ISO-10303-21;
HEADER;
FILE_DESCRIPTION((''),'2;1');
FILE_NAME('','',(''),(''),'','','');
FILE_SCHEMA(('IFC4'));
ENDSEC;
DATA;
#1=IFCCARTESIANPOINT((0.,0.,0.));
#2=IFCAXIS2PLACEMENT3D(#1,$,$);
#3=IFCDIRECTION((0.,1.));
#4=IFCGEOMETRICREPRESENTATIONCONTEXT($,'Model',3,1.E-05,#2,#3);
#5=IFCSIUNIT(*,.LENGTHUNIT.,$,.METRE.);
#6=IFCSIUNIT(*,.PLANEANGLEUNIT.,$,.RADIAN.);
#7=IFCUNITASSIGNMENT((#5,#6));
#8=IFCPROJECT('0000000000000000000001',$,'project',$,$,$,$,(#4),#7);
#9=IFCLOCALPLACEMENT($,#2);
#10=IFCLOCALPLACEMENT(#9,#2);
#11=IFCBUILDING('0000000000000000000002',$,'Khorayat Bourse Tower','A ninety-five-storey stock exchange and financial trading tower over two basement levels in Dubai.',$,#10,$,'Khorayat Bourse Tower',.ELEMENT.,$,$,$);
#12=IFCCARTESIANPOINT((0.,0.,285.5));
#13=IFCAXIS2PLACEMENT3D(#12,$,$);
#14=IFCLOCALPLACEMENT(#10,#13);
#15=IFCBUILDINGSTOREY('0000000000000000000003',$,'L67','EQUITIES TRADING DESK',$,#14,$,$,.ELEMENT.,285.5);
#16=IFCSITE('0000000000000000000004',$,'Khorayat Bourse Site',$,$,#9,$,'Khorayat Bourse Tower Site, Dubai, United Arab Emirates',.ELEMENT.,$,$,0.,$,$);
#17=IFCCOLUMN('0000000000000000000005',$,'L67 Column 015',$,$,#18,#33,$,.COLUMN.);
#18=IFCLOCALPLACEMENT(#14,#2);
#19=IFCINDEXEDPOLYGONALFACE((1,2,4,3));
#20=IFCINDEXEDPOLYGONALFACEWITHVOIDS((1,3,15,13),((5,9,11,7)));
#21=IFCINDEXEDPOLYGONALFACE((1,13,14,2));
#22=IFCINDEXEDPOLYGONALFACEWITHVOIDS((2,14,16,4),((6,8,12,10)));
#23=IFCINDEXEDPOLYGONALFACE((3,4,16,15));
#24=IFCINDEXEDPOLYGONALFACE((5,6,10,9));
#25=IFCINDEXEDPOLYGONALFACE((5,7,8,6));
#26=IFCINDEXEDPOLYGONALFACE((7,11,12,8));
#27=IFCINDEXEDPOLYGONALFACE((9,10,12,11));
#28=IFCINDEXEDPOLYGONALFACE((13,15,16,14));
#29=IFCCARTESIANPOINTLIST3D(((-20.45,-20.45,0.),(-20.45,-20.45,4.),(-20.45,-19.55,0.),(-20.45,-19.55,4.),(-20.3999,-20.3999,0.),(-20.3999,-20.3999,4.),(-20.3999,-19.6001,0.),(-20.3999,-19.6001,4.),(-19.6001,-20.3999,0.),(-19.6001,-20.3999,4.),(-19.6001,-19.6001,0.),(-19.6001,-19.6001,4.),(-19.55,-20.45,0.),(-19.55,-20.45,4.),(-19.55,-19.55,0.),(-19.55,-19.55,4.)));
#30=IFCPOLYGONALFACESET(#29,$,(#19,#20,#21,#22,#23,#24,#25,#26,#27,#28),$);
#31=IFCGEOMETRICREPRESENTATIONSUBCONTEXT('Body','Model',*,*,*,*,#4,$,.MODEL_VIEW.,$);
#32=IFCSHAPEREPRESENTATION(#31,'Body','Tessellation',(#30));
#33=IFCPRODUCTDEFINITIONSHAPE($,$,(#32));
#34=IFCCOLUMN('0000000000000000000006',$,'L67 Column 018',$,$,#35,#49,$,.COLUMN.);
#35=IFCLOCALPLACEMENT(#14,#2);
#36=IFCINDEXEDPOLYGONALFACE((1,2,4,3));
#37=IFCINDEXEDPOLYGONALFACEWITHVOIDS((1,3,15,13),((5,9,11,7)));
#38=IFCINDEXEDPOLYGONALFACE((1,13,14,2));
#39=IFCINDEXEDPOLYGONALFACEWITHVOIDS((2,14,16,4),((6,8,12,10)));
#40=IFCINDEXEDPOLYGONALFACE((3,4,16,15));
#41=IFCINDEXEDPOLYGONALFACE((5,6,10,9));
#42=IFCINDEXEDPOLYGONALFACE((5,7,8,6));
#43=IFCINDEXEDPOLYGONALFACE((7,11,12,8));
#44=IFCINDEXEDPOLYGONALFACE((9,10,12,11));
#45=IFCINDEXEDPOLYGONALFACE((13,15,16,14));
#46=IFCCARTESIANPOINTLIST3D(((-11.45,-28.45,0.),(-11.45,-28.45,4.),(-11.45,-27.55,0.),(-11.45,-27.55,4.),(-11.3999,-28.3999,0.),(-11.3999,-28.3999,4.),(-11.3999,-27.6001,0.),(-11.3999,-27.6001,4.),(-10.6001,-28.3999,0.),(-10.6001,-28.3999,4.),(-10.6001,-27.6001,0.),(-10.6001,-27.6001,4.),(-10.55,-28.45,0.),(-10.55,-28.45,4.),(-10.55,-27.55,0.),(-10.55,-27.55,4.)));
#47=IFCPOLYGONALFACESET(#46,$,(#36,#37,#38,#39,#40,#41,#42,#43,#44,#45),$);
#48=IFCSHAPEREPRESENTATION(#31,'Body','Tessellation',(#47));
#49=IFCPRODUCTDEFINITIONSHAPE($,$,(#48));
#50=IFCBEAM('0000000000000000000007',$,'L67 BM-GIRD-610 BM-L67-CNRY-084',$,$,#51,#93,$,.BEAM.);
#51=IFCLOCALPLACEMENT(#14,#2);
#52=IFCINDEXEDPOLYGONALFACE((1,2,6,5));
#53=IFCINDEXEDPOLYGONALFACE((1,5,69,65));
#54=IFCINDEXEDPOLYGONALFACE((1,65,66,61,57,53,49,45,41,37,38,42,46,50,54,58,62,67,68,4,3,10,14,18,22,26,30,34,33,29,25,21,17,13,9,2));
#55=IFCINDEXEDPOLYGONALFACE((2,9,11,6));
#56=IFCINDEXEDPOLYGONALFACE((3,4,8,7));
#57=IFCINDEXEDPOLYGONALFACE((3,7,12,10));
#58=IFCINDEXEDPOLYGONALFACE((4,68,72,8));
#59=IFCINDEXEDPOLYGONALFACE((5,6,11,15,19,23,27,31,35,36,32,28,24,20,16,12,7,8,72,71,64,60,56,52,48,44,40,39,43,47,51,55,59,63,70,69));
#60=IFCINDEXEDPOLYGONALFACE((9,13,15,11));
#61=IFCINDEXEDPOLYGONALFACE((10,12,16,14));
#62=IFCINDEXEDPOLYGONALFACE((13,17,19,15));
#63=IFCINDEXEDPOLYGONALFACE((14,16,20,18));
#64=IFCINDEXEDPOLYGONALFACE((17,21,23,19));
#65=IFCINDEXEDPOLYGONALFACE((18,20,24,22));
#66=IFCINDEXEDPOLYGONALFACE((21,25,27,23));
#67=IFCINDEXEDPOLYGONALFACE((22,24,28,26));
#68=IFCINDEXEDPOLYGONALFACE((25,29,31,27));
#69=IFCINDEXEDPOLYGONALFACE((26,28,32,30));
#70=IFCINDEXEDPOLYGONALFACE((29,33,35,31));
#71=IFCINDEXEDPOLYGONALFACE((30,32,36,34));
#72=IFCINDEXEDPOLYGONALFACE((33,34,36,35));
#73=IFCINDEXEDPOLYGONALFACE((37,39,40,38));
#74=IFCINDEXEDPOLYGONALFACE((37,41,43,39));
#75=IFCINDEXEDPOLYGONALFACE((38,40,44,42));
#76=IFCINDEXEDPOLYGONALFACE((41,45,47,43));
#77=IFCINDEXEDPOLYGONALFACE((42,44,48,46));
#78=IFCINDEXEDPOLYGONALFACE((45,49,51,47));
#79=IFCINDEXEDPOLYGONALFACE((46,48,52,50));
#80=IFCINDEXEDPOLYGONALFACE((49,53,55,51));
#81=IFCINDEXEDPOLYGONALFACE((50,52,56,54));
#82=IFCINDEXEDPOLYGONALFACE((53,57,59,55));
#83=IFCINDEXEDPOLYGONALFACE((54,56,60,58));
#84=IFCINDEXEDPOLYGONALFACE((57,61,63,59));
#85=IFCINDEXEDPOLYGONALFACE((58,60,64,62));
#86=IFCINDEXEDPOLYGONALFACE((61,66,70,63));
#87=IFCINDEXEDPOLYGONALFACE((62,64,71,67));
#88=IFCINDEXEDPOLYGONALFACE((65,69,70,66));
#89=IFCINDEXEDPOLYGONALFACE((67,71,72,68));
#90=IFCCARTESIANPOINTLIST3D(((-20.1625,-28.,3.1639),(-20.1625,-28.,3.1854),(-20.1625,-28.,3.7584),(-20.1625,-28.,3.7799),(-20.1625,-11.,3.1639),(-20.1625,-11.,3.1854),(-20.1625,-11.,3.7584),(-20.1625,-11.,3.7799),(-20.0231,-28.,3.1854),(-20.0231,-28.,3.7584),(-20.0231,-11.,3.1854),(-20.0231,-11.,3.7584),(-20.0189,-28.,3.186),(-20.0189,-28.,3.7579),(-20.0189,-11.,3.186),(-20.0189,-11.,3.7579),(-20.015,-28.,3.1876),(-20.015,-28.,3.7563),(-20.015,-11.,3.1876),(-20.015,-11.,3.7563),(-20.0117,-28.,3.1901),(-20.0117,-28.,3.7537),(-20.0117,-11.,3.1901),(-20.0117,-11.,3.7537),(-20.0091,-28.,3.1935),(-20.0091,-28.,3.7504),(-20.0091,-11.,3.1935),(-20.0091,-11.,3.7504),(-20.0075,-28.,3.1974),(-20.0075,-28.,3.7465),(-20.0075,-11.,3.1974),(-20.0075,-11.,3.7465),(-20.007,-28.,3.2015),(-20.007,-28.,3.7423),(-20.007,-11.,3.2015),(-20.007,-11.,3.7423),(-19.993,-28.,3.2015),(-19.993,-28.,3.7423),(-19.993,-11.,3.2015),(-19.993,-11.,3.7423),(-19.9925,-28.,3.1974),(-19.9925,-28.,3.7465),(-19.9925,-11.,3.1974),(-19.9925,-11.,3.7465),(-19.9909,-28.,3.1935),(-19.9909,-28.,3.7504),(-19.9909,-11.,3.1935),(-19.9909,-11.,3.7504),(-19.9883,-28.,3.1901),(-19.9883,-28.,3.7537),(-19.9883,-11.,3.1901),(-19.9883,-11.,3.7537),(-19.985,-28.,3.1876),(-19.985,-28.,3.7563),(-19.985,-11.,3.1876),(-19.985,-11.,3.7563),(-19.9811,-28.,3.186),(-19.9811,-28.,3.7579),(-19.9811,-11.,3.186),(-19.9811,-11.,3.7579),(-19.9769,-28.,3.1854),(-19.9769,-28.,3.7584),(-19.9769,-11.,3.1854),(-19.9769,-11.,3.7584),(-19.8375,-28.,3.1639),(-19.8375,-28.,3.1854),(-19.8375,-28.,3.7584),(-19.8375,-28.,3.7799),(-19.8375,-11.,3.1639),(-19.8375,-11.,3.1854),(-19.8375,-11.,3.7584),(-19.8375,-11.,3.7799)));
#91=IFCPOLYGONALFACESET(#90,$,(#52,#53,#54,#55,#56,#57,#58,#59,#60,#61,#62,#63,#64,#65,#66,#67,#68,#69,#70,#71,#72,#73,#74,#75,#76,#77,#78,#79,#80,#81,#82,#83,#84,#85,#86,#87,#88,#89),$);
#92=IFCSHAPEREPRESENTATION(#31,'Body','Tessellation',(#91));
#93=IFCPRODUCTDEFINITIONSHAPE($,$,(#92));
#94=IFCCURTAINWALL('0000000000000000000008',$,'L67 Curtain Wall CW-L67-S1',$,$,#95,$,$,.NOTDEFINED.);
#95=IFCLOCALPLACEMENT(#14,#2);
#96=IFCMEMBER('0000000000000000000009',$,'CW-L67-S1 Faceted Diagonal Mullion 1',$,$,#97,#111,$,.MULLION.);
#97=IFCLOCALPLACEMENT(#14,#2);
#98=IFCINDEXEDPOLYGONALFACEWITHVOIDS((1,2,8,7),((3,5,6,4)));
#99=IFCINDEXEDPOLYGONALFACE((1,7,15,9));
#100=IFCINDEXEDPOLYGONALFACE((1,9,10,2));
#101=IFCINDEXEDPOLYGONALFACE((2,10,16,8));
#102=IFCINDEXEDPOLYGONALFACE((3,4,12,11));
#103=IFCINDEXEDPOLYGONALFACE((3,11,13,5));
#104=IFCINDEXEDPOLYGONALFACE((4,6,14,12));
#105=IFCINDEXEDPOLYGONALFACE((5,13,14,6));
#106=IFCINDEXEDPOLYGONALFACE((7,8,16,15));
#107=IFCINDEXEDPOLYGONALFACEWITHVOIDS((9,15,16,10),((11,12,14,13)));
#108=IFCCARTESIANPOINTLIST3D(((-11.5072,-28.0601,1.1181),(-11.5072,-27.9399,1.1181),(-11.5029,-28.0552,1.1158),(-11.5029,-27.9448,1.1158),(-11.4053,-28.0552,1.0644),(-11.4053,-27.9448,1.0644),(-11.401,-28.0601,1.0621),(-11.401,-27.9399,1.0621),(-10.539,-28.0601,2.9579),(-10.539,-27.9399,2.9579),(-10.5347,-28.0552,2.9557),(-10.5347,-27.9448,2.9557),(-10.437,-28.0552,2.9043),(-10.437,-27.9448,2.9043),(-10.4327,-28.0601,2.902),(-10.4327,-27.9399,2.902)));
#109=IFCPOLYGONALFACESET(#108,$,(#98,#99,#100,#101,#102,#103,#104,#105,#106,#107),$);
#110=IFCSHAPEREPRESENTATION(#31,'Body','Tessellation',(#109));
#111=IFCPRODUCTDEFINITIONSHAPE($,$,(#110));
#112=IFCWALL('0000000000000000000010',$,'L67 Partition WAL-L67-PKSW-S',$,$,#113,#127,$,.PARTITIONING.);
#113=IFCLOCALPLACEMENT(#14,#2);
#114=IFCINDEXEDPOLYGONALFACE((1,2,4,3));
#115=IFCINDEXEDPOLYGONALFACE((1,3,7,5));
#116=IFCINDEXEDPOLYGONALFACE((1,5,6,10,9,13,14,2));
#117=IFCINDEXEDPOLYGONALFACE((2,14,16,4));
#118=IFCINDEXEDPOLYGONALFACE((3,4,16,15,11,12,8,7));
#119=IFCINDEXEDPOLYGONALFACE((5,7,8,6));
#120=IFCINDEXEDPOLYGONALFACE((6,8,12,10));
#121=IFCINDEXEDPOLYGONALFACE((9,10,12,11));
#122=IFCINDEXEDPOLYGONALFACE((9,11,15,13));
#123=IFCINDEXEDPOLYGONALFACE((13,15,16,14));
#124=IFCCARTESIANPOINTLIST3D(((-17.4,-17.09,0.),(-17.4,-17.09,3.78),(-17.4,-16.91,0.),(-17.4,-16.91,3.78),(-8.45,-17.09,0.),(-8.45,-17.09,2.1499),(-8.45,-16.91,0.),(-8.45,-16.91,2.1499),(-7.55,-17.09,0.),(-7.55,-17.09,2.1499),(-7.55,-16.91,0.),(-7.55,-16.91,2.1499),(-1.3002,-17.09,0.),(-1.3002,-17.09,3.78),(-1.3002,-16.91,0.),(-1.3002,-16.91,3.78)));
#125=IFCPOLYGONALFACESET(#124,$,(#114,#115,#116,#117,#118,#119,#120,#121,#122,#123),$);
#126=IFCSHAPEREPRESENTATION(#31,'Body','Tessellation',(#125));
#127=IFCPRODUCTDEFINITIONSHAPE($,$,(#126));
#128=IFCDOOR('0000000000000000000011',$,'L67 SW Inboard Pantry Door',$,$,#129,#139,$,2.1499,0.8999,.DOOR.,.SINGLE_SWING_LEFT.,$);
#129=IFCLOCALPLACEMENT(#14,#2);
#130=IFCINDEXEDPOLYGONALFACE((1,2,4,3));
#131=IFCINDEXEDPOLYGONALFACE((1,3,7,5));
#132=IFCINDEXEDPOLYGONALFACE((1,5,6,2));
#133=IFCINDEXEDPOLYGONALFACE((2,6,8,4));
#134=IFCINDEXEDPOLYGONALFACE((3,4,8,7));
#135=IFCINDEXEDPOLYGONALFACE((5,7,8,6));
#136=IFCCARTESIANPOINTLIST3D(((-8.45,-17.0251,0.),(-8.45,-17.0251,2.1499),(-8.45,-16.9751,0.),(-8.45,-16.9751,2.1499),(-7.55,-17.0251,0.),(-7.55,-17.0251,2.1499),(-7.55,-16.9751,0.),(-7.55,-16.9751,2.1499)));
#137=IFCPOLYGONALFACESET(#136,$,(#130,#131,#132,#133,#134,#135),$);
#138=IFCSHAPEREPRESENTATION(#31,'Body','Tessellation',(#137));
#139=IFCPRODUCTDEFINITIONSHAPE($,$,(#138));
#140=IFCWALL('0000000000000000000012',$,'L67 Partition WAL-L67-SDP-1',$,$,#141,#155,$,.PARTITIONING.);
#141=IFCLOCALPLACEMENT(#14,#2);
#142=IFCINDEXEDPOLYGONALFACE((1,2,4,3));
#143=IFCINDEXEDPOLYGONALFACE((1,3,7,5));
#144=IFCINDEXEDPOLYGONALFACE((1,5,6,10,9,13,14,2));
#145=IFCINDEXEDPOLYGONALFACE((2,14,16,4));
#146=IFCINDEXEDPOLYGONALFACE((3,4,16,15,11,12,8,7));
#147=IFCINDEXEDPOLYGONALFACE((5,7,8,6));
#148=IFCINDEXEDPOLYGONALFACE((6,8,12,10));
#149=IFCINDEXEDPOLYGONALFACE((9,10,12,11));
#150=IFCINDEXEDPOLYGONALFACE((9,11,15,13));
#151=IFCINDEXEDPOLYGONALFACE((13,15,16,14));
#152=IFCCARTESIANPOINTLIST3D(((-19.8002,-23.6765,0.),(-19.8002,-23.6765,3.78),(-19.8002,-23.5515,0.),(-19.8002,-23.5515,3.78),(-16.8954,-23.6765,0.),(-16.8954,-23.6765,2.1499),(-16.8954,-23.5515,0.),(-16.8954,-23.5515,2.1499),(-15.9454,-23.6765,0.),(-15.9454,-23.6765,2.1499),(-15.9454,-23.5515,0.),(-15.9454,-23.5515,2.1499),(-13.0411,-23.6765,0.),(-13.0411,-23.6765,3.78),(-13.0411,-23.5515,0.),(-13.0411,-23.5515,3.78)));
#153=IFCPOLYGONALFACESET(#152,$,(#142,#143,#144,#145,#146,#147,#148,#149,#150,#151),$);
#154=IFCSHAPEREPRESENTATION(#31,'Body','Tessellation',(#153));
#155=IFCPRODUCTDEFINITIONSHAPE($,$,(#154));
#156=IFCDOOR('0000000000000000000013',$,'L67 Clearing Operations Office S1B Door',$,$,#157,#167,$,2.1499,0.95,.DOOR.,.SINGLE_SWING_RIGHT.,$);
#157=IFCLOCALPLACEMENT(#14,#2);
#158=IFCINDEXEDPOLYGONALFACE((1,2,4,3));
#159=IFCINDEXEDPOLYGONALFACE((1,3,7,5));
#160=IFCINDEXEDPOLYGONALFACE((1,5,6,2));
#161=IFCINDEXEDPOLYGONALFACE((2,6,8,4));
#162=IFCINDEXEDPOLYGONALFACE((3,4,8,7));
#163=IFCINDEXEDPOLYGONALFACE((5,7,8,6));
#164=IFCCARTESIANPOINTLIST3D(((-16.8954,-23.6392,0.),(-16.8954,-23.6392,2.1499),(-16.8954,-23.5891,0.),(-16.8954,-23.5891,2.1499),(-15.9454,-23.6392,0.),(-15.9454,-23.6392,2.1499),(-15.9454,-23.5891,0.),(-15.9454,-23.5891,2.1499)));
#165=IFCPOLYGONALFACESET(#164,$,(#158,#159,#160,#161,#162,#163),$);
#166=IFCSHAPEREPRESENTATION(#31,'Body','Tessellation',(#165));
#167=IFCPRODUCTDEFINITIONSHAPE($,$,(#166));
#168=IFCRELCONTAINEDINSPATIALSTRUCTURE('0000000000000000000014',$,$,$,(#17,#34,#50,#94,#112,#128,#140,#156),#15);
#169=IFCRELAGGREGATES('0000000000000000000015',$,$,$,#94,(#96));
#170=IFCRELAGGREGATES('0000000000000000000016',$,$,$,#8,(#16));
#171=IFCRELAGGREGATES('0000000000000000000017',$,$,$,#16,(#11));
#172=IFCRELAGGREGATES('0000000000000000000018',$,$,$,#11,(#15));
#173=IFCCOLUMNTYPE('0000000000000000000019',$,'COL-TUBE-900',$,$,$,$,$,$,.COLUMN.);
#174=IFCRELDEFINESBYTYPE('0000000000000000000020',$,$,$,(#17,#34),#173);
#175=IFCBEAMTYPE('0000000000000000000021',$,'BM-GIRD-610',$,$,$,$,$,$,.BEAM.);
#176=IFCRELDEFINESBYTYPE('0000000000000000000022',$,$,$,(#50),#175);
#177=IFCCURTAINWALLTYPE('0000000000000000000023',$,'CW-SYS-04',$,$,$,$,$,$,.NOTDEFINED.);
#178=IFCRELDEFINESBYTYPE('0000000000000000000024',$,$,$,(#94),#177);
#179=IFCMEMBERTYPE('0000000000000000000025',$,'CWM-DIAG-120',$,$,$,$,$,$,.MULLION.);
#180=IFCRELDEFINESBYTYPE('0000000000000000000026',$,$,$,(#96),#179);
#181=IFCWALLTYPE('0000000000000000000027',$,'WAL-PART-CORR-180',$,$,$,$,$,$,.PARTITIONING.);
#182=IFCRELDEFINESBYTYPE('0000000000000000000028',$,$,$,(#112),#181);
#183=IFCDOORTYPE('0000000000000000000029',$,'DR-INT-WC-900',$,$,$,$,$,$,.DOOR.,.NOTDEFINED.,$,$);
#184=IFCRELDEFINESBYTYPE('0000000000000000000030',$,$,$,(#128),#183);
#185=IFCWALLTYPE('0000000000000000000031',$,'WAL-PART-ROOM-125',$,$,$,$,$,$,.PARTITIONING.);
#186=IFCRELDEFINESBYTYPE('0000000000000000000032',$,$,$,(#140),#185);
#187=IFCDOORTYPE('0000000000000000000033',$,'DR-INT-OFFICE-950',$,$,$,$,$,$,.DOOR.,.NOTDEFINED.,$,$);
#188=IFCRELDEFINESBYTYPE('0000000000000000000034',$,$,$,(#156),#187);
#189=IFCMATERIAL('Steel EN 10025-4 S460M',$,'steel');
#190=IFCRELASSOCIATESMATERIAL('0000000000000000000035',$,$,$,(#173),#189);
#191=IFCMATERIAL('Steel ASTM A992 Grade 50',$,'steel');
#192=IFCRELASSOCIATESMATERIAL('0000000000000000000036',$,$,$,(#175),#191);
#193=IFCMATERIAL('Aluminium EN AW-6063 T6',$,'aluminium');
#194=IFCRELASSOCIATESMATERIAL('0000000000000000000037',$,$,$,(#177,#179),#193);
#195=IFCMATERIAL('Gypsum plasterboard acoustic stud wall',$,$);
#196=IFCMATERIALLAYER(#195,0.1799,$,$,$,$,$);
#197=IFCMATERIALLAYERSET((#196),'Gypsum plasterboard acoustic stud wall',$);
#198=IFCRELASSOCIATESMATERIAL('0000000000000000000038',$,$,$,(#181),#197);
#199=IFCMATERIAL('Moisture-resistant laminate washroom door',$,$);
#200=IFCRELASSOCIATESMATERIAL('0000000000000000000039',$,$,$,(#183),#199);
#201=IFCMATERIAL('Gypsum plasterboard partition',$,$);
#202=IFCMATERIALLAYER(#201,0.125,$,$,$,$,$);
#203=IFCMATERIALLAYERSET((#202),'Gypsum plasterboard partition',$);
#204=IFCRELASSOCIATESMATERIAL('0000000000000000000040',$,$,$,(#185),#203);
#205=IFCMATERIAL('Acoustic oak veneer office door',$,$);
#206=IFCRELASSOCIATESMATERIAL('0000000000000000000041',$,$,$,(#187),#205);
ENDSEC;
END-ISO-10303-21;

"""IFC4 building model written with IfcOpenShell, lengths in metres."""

from ifc_helpers import new_model, si_unit, direction, frame, frame_2d, origin, origin_2d, place, context, subcontext, project, spatial, rectangle, hollow_rectangle, i_section, extrude, source, transform, mapped, material, layer, layer_set, material_profile, profile_set, type_object, element, fill, aggregate, save


model = new_model("IFC4")

# Units and contexts
model_context = context("Model", 3, precision=1e-05, world=origin(), true_north=direction((0.0, 1.0)))
body_context = subcontext(model_context, "Body", "Model", "MODEL_VIEW")
ifc_project = project(units=[si_unit("LENGTHUNIT", "METRE"), si_unit("PLANEANGLEUNIT", "RADIAN")], contexts=[model_context])

# Site, building, storey
site_placement = place(None, origin())
site = spatial("IfcSite", under=ifc_project, at=site_placement, Name="Khorayat Bourse Site", LongName="Khorayat Bourse Tower Site, Dubai, United Arab Emirates", CompositionType="ELEMENT", RefElevation=0.0)
building_placement = place(site_placement, origin())
building = spatial("IfcBuilding", under=site, at=building_placement, Name="Khorayat Bourse Tower", Description="A ninety-five-storey stock exchange and financial trading tower over two basement levels in Dubai.", LongName="Khorayat Bourse Tower", CompositionType="ELEMENT")
storey_placement = place(building_placement, frame((0.0, 0.0, 285.5)))
storey = spatial("IfcBuildingStorey", under=building, at=storey_placement, Name="L67", Description="EQUITIES TRADING DESK", CompositionType="ELEMENT", Elevation=285.5)

# Columns
ifc_material_1 = material(Name="Steel EN 10025-4 S460M", Category="steel")
ifc_material_profile_1 = material_profile(ifc_material_1, hollow_rectangle(XDim=0.8999, YDim=0.8999, WallThickness=0.05, at=origin_2d()), Name="BOX 900x900x50")
ifc_profile_set_1 = profile_set([ifc_material_profile_1], Name="Steel EN 10025-4 S460M")
column_type = type_object("IfcColumnType", Name="COL-TUBE-900", PredefinedType="COLUMN", material=ifc_profile_set_1)
shared_shape_1 = source(origin(), body_context, "Body", "SweptSolid", [
    extrude(hollow_rectangle(XDim=0.8999, YDim=0.8999, WallThickness=0.05, at=origin_2d()), origin(), (0.0, 0.0, 1.0), 4.0),
])
for number, where, z_axis, x_axis, name in (
    (1, (-20.0, -20.0, 0.0), (0.0, 0.0, 1.0), (1.0, 0.0, 0.0), "L67 Column 015"),
    (2, (-11.0, -28.0, 0.0), (0.0, 0.0, 1.0), (1.0, 0.0, 0.0), "L67 Column 018"),
):
    element("IfcColumn", number, at=place(storey_placement, frame(where, z_axis=z_axis, x_axis=x_axis)), inside=storey, type_object=column_type, Name=name, PredefinedType="COLUMN", context=body_context, shape_type="MappedRepresentation", body=[
        mapped(shared_shape_1, transform((0.0, 0.0, 0.0), scale=1.0)),
    ])

# Beam
ifc_material_2 = material(Name="Steel ASTM A992 Grade 50", Category="steel")
ifc_material_profile_2 = material_profile(ifc_material_2, i_section(OverallWidth=0.325, OverallDepth=0.616, WebThickness=0.0139, FlangeThickness=0.0215, FilletRadius=0.0161, at=origin_2d()), Name="W610X174")
ifc_profile_set_2 = profile_set([ifc_material_profile_2], Name="Steel ASTM A992 Grade 50")
beam_type = type_object("IfcBeamType", Name="BM-GIRD-610", PredefinedType="BEAM", material=ifc_profile_set_2)
shared_shape_2 = source(origin(), body_context, "Body", "SweptSolid", [
    extrude(i_section(OverallWidth=0.325, OverallDepth=0.616, WebThickness=0.0139, FlangeThickness=0.0215, FilletRadius=0.0161, at=origin_2d()), origin(), (0.0, 0.0, 1.0), 17.0),
])
beam_placement = place(storey_placement, frame((-20.0, -28.0, 3.4719), z_axis=(0.0, 1.0, 0.0), x_axis=(-1.0, 0.0, 0.0)))
element("IfcBeam", 3, at=beam_placement, inside=storey, type_object=beam_type, Name="L67 BM-GIRD-610 BM-L67-CNRY-084", PredefinedType="BEAM", context=body_context, shape_type="MappedRepresentation", body=[
    mapped(shared_shape_2, transform((0.0, 0.0, 0.0), scale=1.0)),
])

# Curtain wall, member
ifc_material_3 = material(Name="Aluminium EN AW-6063 T6", Category="aluminium")
curtain_wall_type = type_object("IfcCurtainWallType", Name="CW-SYS-04", PredefinedType="NOTDEFINED", material=ifc_material_3)
curtain_wall_placement = place(storey_placement, origin())
curtain_wall = element("IfcCurtainWall", 4, at=curtain_wall_placement, inside=storey, type_object=curtain_wall_type, Name="L67 Curtain Wall CW-L67-S1", PredefinedType="NOTDEFINED")
ifc_material_profile_3 = material_profile(ifc_material_3, hollow_rectangle(XDim=0.1201, YDim=0.1201, WallThickness=0.0049, at=origin_2d()), Name="ALU 120x120x5")
ifc_profile_set_3 = profile_set([ifc_material_profile_3], Name="Aluminium EN AW-6063 T6")
member_type = type_object("IfcMemberType", Name="CWM-DIAG-120", PredefinedType="MULLION", material=ifc_profile_set_3)
shared_shape_3 = source(origin(), body_context, "Body", "SweptSolid", [
    extrude(hollow_rectangle(XDim=0.1201, YDim=0.1201, WallThickness=0.0049, at=origin_2d()), origin(), (0.0, 0.0, 1.0), 2.0791),
])
member_placement = place(storey_placement, frame((-11.4541, -28.0, 1.0901), z_axis=(0.465717, 0.0, 0.884934), x_axis=(0.0, 1.0, 0.0)))
member = element("IfcMember", 5, at=member_placement, type_object=member_type, Name="CW-L67-S1 Faceted Diagonal Mullion 1", PredefinedType="MULLION", context=body_context, shape_type="MappedRepresentation", body=[
    mapped(shared_shape_3, transform((0.0, 0.0, 0.0), scale=1.0)),
])
aggregate(curtain_wall, [member])

# Walls, openings, doors
ifc_material_4 = material(Name="Gypsum plasterboard acoustic stud wall")
ifc_layer_1 = layer(ifc_material_4, 0.1799)
ifc_layer_set_1 = layer_set([ifc_layer_1], Name="Gypsum plasterboard acoustic stud wall")
wall_type_1 = type_object("IfcWallType", Name="WAL-PART-CORR-180", PredefinedType="PARTITIONING", material=ifc_layer_set_1)
shared_shape_4 = source(origin(), body_context, "Body", "SweptSolid", [
    extrude(rectangle(XDim=16.0999, YDim=0.1799, at=frame_2d((8.0498, 0.0))), origin(), (0.0, 0.0, 1.0), 3.78),
])
wall_1_placement = place(storey_placement, frame((-17.3999, -17.0, 0.0), z_axis=(0.0, 0.0, 1.0), x_axis=(1.0, 0.0, 0.0)))
wall_1 = element("IfcWall", 6, at=wall_1_placement, inside=storey, type_object=wall_type_1, Name="L67 Partition WAL-L67-PKSW-S", PredefinedType="PARTITIONING", context=body_context, shape_type="MappedRepresentation", body=[
    mapped(shared_shape_4, transform((0.0, 0.0, 0.0), scale=1.0)),
])
shared_shape_5 = source(origin(), body_context, "Body", "SweptSolid", [
    extrude(rectangle(XDim=0.8999, YDim=2.1499, at=frame_2d((0.45, 1.075))), frame((0.0, 0.0999, 0.0), z_axis=(0.0, -1.0, 0.0), x_axis=(1.0, 0.0, 0.0)), (0.0, 0.0, 1.0), 0.2),
])
opening_1_placement = place(wall_1_placement, frame((8.95, 0.0, 0.0)))
opening_1 = element("IfcOpeningElement", 7, at=opening_1_placement, cuts=wall_1, PredefinedType="OPENING", context=body_context, shape_type="MappedRepresentation", body=[
    mapped(shared_shape_5, transform((0.0, 0.0, 0.0), scale=1.0)),
])
ifc_material_5 = material(Name="Moisture-resistant laminate washroom door")
door_type_1 = type_object("IfcDoorType", Name="DR-INT-WC-900", OperationType="NOTDEFINED", PredefinedType="DOOR", material=ifc_material_5)
shared_shape_6 = source(origin(), body_context, "Body", "SweptSolid", [
    extrude(rectangle(XDim=0.8999, YDim=2.1499, at=frame_2d((0.45, 1.075))), frame((0.0, 0.0249, 0.0), z_axis=(0.0, -1.0, 0.0), x_axis=(1.0, 0.0, 0.0)), (0.0, 0.0, 1.0), 0.05),
])
door_1_placement = place(opening_1_placement, origin())
door_1 = element("IfcDoor", 8, at=door_1_placement, inside=storey, type_object=door_type_1, Name="L67 SW Inboard Pantry Door", OperationType="SINGLE_SWING_LEFT", OverallHeight=2.1499, OverallWidth=0.8999, PredefinedType="DOOR", context=body_context, shape_type="MappedRepresentation", body=[
    mapped(shared_shape_6, transform((0.0, 0.0, 0.0), scale=1.0)),
])
fill(opening_1, door_1)
ifc_material_6 = material(Name="Gypsum plasterboard partition")
ifc_layer_2 = layer(ifc_material_6, 0.125)
ifc_layer_set_2 = layer_set([ifc_layer_2], Name="Gypsum plasterboard partition")
wall_type_2 = type_object("IfcWallType", Name="WAL-PART-ROOM-125", PredefinedType="PARTITIONING", material=ifc_layer_set_2)
shared_shape_7 = source(origin(), body_context, "Body", "SweptSolid", [
    extrude(rectangle(XDim=6.759, YDim=0.125, at=frame_2d((3.3794, 0.0))), origin(), (0.0, 0.0, 1.0), 3.78),
])
wall_2_placement = place(storey_placement, frame((-19.8, -23.614, 0.0), z_axis=(0.0, 0.0, 1.0), x_axis=(1.0, 0.0, 0.0)))
wall_2 = element("IfcWall", 9, at=wall_2_placement, inside=storey, type_object=wall_type_2, Name="L67 Partition WAL-L67-SDP-1", PredefinedType="PARTITIONING", context=body_context, shape_type="MappedRepresentation", body=[
    mapped(shared_shape_7, transform((0.0, 0.0, 0.0), scale=1.0)),
])
shared_shape_8 = source(origin(), body_context, "Body", "SweptSolid", [
    extrude(rectangle(XDim=0.95, YDim=2.1499, at=frame_2d((0.4751, 1.075))), frame((0.0, 0.0725, 0.0), z_axis=(0.0, -1.0, 0.0), x_axis=(1.0, 0.0, 0.0)), (0.0, 0.0, 1.0), 0.145),
])
opening_2_placement = place(wall_2_placement, frame((2.9045, 0.0, 0.0)))
opening_2 = element("IfcOpeningElement", 10, at=opening_2_placement, cuts=wall_2, PredefinedType="OPENING", context=body_context, shape_type="MappedRepresentation", body=[
    mapped(shared_shape_8, transform((0.0, 0.0, 0.0), scale=1.0)),
])
ifc_material_7 = material(Name="Acoustic oak veneer office door")
door_type_2 = type_object("IfcDoorType", Name="DR-INT-OFFICE-950", OperationType="NOTDEFINED", PredefinedType="DOOR", material=ifc_material_7)
shared_shape_9 = source(origin(), body_context, "Body", "SweptSolid", [
    extrude(rectangle(XDim=0.95, YDim=2.1499, at=frame_2d((0.4751, 1.075))), frame((0.0, 0.0249, 0.0), z_axis=(0.0, -1.0, 0.0), x_axis=(1.0, 0.0, 0.0)), (0.0, 0.0, 1.0), 0.05),
])
door_2_placement = place(opening_2_placement, origin())
door_2 = element("IfcDoor", 11, at=door_2_placement, inside=storey, type_object=door_type_2, Name="L67 Clearing Operations Office S1B Door", OperationType="SINGLE_SWING_RIGHT", OverallHeight=2.1499, OverallWidth=0.95, PredefinedType="DOOR", context=body_context, shape_type="MappedRepresentation", body=[
    mapped(shared_shape_9, transform((0.0, 0.0, 0.0), scale=1.0)),
])
fill(opening_2, door_2)

save(model, "model.ifc")
